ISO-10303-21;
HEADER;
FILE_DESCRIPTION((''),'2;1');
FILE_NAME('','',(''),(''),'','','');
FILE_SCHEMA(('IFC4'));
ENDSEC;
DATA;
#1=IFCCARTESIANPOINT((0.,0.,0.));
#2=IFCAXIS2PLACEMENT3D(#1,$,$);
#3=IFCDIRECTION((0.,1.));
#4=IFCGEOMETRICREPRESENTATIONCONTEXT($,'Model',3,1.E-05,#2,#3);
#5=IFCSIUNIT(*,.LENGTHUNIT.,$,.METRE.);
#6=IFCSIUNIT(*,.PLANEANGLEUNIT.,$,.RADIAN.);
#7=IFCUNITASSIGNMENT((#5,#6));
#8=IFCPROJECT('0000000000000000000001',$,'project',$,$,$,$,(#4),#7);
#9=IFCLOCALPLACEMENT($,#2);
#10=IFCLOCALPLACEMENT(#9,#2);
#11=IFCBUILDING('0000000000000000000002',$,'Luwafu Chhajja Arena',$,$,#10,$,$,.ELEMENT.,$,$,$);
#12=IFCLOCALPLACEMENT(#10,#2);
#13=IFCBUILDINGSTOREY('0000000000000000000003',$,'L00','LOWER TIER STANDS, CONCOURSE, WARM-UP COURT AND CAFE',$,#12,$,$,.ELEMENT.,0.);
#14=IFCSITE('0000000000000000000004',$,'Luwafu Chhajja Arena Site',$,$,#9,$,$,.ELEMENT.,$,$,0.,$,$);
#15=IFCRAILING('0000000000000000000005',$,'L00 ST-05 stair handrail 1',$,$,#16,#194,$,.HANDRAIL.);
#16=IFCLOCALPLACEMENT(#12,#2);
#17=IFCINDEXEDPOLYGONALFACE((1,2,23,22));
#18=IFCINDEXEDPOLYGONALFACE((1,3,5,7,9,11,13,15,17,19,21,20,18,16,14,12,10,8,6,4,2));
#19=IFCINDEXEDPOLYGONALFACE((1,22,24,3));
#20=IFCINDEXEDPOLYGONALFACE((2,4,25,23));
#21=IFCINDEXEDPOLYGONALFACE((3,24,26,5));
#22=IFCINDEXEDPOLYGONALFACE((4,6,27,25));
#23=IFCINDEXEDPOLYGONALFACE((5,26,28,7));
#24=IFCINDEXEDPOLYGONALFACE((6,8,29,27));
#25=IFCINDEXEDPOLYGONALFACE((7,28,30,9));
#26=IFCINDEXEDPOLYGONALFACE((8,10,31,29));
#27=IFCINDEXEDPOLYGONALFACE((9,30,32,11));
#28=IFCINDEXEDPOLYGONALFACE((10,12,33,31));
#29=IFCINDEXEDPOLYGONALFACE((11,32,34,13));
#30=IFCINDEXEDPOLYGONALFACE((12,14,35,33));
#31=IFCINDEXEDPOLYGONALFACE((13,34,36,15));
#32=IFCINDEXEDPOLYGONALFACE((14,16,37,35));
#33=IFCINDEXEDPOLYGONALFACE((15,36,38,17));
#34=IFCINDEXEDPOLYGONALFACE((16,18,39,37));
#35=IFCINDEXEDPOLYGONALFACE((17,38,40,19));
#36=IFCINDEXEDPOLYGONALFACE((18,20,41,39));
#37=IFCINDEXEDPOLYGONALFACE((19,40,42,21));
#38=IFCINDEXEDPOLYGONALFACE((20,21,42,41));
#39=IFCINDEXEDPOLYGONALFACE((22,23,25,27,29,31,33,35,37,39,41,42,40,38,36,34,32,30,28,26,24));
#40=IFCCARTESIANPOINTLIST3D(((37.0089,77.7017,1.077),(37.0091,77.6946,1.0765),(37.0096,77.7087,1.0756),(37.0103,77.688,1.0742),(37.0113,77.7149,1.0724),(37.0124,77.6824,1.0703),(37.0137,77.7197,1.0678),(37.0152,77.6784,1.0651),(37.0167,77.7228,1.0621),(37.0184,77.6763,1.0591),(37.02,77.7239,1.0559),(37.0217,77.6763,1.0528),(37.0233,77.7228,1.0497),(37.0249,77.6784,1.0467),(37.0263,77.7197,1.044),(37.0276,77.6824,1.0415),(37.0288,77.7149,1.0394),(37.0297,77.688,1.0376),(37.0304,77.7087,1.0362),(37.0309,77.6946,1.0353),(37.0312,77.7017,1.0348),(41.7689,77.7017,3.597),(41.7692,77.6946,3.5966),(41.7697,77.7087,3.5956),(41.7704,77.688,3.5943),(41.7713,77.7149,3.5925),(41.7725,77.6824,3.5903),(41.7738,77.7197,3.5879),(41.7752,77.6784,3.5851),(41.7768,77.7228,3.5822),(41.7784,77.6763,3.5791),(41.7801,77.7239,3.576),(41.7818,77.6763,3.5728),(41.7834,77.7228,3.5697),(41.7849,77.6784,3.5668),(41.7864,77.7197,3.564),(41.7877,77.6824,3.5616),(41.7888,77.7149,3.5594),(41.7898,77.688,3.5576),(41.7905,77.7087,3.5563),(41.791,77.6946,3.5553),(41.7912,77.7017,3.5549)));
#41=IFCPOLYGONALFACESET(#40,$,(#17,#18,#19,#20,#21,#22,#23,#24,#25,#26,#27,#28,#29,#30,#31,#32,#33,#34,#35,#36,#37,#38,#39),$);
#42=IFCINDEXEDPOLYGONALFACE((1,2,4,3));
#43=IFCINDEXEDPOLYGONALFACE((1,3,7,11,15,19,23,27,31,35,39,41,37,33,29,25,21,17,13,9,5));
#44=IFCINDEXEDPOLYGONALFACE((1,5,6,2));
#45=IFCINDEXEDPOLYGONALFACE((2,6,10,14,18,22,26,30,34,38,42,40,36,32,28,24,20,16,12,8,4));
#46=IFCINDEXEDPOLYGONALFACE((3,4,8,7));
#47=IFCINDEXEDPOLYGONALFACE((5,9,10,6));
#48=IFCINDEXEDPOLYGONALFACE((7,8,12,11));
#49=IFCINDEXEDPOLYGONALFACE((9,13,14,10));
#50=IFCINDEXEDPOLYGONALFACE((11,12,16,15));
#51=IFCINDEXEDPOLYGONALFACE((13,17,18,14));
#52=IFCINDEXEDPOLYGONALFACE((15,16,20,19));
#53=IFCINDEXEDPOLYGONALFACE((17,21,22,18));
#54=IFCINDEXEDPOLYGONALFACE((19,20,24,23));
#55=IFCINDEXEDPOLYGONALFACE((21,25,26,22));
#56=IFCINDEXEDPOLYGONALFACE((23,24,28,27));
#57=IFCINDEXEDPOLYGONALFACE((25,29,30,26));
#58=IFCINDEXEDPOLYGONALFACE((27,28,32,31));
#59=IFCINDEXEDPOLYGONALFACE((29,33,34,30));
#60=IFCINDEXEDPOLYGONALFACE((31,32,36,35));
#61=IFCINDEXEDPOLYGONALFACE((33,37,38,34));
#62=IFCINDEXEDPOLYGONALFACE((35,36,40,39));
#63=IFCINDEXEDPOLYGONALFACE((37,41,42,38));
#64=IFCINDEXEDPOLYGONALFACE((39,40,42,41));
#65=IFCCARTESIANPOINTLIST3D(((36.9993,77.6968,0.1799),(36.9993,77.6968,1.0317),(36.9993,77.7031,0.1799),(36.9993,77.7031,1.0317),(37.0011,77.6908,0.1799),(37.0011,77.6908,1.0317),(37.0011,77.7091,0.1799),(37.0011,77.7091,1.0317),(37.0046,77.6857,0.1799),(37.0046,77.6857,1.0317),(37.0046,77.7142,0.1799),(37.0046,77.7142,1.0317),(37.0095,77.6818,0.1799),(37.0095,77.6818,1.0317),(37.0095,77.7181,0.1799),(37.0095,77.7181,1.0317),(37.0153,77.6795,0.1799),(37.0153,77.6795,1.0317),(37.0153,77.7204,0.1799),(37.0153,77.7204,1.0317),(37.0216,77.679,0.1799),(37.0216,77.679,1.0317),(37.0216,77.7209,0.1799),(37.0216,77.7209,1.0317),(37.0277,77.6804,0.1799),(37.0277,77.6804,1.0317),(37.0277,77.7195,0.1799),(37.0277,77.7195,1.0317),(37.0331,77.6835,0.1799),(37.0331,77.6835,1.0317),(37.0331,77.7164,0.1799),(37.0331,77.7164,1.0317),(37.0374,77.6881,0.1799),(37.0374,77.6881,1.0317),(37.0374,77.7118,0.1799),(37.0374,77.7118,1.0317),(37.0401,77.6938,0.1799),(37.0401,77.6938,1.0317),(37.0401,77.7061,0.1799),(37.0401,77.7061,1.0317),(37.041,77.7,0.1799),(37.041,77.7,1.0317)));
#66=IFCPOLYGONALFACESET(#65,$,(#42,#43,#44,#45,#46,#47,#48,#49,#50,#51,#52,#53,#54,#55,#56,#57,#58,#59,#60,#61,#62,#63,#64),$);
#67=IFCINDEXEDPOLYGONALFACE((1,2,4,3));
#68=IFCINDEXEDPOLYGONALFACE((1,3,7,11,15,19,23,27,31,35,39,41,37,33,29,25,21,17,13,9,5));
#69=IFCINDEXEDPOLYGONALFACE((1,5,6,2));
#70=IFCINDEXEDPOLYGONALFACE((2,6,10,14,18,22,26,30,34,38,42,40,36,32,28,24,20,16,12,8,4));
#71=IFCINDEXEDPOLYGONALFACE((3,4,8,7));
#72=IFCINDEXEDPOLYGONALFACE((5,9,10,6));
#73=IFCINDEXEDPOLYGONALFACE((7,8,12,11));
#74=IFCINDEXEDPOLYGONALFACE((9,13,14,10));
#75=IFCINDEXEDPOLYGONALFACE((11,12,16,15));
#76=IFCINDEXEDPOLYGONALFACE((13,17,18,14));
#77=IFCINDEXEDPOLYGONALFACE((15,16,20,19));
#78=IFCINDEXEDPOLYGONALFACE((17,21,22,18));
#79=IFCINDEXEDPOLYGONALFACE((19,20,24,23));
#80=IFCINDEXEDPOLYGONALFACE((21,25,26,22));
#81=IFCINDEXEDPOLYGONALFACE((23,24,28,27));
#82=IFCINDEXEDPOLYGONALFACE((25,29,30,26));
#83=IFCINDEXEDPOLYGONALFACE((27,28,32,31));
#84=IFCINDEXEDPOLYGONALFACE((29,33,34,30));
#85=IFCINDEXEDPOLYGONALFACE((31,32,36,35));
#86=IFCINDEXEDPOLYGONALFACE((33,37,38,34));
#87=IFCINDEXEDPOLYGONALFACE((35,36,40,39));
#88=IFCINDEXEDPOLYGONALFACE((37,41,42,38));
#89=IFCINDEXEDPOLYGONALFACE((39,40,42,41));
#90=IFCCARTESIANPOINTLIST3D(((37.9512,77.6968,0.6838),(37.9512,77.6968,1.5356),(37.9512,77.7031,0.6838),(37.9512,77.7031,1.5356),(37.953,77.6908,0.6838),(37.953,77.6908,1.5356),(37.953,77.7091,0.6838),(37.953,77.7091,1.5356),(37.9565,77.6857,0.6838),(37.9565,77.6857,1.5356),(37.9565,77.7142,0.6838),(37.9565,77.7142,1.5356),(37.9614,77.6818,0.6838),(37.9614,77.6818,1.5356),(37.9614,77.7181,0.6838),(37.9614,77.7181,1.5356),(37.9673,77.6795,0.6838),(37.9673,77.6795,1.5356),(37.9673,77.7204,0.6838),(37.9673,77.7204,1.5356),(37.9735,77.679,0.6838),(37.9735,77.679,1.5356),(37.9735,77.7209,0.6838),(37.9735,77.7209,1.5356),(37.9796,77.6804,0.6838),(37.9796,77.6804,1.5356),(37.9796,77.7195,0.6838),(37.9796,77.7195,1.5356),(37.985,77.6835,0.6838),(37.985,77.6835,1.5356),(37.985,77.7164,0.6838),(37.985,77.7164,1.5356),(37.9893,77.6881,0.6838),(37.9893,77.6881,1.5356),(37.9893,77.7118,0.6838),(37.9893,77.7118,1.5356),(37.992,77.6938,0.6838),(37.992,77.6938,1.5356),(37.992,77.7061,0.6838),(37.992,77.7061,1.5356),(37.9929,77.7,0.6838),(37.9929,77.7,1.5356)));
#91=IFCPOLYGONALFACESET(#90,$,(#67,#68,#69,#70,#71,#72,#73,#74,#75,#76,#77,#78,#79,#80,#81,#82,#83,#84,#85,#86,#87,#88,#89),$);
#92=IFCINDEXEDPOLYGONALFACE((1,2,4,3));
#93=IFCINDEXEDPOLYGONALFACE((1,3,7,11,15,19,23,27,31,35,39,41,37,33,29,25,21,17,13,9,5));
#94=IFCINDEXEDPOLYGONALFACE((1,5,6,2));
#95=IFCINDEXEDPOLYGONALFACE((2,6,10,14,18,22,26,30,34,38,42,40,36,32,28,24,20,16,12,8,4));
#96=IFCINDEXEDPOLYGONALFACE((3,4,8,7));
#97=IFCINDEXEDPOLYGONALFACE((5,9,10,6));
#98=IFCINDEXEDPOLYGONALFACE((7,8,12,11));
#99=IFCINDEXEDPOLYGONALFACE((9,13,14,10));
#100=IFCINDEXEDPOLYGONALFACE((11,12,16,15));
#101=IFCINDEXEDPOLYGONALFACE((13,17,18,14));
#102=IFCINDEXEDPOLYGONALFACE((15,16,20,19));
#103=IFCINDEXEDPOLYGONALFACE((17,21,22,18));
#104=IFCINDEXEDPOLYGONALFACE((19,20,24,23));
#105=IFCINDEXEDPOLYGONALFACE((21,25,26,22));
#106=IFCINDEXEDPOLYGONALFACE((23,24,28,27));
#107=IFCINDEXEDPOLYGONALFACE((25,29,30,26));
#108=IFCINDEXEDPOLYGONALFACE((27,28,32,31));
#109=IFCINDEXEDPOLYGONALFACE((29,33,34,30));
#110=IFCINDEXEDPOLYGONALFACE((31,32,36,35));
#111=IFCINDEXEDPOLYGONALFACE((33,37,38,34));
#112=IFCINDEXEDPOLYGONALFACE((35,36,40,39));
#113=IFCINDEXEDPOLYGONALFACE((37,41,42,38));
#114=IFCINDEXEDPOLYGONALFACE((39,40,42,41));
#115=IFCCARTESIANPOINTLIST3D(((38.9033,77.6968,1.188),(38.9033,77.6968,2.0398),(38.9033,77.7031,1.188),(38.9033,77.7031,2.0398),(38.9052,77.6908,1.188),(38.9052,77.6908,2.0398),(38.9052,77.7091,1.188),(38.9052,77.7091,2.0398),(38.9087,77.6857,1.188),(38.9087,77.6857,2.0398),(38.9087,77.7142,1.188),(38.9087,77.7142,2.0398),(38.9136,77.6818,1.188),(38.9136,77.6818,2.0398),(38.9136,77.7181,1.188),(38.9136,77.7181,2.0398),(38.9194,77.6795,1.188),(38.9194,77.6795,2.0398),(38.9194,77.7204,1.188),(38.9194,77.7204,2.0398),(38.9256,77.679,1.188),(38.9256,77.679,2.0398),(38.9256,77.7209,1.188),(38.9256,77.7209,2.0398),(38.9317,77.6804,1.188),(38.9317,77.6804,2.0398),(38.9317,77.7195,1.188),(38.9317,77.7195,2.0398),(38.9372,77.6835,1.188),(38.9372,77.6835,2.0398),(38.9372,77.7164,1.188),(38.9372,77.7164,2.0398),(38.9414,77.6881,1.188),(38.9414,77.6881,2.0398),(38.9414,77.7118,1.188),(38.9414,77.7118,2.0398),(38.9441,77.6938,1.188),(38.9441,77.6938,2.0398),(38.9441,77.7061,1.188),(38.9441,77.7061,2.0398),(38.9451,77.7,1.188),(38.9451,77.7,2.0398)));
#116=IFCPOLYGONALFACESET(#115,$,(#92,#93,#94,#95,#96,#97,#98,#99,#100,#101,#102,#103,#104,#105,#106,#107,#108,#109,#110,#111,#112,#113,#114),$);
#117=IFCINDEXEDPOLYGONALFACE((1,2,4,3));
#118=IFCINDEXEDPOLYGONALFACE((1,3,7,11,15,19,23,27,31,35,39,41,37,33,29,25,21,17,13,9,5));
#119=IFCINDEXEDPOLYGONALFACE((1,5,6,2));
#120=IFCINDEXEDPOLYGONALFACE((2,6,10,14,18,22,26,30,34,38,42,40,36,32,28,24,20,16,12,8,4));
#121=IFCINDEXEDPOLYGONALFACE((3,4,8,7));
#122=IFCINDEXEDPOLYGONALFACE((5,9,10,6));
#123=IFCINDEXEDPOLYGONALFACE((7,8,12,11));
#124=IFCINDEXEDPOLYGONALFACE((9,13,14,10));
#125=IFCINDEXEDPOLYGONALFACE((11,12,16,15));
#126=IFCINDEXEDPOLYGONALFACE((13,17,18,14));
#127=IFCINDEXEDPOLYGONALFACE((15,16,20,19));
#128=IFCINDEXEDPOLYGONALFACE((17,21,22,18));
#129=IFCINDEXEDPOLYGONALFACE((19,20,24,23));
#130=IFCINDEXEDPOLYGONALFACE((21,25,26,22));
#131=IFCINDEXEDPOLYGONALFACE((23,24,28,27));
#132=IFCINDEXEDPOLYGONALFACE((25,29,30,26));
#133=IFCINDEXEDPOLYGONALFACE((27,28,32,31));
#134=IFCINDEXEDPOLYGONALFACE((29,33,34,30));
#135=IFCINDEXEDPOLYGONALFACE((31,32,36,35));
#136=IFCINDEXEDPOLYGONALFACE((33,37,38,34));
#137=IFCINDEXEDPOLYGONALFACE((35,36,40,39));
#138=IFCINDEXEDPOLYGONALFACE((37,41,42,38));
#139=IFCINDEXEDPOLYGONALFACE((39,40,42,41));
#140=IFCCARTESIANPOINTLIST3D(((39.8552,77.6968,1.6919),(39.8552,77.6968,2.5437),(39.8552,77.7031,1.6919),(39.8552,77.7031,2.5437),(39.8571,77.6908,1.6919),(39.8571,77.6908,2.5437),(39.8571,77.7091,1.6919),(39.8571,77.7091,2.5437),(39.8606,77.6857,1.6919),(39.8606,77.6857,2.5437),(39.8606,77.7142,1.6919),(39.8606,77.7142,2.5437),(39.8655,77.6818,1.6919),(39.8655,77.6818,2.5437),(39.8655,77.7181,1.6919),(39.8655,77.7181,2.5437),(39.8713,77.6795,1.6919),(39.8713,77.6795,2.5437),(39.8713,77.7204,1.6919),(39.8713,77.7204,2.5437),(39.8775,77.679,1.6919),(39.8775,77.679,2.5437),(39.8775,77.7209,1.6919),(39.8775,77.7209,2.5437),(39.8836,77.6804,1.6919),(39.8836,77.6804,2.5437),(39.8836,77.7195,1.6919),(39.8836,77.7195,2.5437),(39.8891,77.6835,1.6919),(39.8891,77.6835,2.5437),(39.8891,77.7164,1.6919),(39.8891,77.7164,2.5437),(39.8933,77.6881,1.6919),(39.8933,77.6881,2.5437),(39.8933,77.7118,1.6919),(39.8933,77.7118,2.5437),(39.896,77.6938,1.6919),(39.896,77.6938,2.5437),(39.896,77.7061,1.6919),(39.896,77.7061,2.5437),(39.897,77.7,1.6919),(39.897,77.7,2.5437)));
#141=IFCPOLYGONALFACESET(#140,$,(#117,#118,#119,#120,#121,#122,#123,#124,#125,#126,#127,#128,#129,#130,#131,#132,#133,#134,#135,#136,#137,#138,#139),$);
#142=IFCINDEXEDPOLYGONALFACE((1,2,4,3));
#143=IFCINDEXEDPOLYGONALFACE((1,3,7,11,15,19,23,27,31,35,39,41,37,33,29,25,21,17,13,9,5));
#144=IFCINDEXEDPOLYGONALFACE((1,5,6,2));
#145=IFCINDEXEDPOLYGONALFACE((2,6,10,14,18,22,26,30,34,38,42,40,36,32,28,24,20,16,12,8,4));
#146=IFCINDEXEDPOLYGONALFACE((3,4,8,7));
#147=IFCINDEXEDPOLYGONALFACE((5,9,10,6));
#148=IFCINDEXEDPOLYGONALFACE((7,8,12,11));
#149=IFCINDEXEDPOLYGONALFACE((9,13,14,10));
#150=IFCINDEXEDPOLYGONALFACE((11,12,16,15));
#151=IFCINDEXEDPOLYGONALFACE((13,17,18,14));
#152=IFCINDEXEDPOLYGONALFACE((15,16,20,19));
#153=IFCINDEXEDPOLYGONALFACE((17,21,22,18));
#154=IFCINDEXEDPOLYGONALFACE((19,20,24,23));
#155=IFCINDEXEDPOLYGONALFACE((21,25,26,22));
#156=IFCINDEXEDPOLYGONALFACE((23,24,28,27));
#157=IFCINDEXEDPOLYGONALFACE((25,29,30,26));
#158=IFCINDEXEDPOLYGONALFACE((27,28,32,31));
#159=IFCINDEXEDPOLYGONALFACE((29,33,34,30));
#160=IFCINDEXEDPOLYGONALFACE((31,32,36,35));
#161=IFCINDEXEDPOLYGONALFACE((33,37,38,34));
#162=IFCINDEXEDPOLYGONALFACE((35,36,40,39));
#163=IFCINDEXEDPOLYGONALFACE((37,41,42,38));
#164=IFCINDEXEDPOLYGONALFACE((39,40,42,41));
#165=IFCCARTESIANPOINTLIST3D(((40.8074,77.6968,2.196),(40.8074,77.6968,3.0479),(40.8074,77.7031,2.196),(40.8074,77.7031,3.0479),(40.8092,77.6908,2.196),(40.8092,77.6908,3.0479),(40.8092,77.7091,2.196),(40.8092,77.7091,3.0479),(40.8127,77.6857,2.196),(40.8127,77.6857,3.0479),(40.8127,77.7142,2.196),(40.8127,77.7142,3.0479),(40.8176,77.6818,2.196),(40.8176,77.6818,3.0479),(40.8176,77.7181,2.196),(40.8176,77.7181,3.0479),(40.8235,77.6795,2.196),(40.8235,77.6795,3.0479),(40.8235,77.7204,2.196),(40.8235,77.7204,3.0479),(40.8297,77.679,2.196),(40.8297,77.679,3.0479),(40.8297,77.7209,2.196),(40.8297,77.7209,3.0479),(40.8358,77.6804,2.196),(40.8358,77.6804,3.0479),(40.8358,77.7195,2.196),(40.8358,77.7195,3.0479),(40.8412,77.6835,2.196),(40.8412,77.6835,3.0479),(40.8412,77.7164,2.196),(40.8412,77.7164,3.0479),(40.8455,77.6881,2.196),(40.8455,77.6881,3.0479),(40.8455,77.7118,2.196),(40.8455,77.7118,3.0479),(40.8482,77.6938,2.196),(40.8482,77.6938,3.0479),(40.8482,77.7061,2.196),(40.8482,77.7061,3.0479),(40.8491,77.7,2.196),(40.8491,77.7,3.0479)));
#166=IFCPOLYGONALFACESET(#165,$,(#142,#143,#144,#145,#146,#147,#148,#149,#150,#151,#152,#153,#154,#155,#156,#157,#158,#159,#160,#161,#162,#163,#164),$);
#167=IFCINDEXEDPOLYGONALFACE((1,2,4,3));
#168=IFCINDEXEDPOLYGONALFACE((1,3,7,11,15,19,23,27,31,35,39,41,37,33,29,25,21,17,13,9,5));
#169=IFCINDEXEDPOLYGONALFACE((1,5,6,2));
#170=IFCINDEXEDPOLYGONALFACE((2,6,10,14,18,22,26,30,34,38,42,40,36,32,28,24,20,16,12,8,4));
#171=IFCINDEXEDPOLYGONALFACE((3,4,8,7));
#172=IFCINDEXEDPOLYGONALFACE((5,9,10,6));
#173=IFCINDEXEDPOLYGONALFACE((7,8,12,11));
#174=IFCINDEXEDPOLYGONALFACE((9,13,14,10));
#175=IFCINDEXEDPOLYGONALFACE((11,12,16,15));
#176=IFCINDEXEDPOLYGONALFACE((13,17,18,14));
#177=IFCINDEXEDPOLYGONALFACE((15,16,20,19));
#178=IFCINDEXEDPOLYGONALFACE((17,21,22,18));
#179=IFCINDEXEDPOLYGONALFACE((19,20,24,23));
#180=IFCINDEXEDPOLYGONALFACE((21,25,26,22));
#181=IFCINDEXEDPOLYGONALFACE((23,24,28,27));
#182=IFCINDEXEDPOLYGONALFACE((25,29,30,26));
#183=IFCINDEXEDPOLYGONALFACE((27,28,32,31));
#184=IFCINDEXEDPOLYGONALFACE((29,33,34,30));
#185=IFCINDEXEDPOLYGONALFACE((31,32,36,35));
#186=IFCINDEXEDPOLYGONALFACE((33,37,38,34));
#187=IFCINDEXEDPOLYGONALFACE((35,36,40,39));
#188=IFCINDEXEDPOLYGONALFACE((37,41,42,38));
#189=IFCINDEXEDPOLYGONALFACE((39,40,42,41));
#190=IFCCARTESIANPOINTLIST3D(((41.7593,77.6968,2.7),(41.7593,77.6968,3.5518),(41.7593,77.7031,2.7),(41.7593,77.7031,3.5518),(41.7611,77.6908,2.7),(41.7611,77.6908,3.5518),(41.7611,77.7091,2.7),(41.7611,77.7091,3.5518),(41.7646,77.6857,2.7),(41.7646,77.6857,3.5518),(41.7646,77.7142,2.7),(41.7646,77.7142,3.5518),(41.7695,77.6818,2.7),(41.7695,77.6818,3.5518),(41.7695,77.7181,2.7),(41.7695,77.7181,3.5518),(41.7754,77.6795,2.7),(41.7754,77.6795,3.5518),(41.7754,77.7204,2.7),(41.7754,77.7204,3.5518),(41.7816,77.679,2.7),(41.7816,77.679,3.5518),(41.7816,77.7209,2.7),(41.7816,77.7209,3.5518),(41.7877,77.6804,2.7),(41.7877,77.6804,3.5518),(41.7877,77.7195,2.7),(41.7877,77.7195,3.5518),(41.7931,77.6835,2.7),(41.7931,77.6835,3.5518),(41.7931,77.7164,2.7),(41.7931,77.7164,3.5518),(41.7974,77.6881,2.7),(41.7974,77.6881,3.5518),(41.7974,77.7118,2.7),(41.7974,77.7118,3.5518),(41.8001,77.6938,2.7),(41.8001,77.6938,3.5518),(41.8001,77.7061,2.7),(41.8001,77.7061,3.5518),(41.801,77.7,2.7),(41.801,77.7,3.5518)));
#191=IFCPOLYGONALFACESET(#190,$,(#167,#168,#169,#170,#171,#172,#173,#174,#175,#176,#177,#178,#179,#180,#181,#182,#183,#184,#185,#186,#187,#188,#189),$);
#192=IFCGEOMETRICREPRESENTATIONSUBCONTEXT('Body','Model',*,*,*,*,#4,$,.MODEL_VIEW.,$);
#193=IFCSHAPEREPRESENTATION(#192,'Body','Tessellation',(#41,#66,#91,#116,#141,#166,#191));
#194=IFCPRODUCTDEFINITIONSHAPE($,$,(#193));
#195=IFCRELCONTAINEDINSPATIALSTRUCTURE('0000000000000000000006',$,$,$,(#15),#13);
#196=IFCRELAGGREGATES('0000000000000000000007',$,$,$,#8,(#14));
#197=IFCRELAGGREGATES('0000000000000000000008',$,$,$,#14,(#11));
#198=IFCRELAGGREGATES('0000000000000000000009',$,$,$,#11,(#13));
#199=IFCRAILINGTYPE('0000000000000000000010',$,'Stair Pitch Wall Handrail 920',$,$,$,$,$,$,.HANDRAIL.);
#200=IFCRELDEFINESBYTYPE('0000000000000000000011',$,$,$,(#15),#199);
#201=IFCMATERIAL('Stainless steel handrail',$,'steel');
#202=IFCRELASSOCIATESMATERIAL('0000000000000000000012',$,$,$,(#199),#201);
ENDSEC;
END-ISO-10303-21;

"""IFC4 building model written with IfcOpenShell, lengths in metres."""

from ifc_helpers import new_model, si_unit, direction, frame, origin, origin_2d, place, context, subcontext, project, spatial, circle, extrude, material, type_object, element, save


model = new_model("IFC4")

# Units and contexts
model_context = context("Model", 3, precision=1e-05, world=origin(), true_north=direction((0.0, 1.0)))
body_context = subcontext(model_context, "Body", "Model", "MODEL_VIEW")
ifc_project = project(units=[si_unit("LENGTHUNIT", "METRE"), si_unit("PLANEANGLEUNIT", "RADIAN")], contexts=[model_context])

# Site, building, storey
site_placement = place(None, origin())
site = spatial("IfcSite", under=ifc_project, at=site_placement, Name="Luwafu Chhajja Arena Site", CompositionType="ELEMENT", RefElevation=0.0)
building_placement = place(site_placement, origin())
building = spatial("IfcBuilding", under=site, at=building_placement, Name="Luwafu Chhajja Arena", CompositionType="ELEMENT")
storey_placement = place(building_placement, origin())
storey = spatial("IfcBuildingStorey", under=building, at=storey_placement, Name="L00", Description="LOWER TIER STANDS, CONCOURSE, WARM-UP COURT AND CAFE", CompositionType="ELEMENT", Elevation=0.0)

# Railing
ifc_material_1 = material(Name="Stainless steel handrail", Category="steel")
railing_type_1 = type_object("IfcRailingType", Name="Stair Pitch Wall Handrail 920", PredefinedType="HANDRAIL", material=ifc_material_1)
railing_1_placement = place(storey_placement, frame((37.02, 77.7, 0.1799)))
element("IfcRailing", 1, at=railing_1_placement, inside=storey, type_object=railing_type_1, Name="L00 ST-05 stair handrail 1", PredefinedType="HANDRAIL", context=body_context, shape_type="SweptSolid", body=[
    extrude(circle(Radius=0.0239, at=origin_2d()), frame((0.0, 0.0, 0.876), z_axis=(0.883787, 0.0, 0.46789), x_axis=(0.0, 1.0, 0.0)), (0.0, 0.0, 1.0), 5.386),
    extrude(circle(Radius=0.021, at=origin_2d()), origin(), (0.0, 0.0, 1.0), 0.8518),
    extrude(circle(Radius=0.021, at=origin_2d()), frame((0.9519, 0.0, 0.5039)), (0.0, 0.0, 1.0), 0.8518),
    extrude(circle(Radius=0.021, at=origin_2d()), frame((1.9041, 0.0, 1.0081)), (0.0, 0.0, 1.0), 0.8518),
    extrude(circle(Radius=0.021, at=origin_2d()), frame((2.856, 0.0, 1.512)), (0.0, 0.0, 1.0), 0.8518),
    extrude(circle(Radius=0.021, at=origin_2d()), frame((3.8081, 0.0, 2.0161)), (0.0, 0.0, 1.0), 0.8518),
    extrude(circle(Radius=0.021, at=origin_2d()), frame((4.76, 0.0, 2.52)), (0.0, 0.0, 1.0), 0.8518),
])

save(model, "model.ifc")
